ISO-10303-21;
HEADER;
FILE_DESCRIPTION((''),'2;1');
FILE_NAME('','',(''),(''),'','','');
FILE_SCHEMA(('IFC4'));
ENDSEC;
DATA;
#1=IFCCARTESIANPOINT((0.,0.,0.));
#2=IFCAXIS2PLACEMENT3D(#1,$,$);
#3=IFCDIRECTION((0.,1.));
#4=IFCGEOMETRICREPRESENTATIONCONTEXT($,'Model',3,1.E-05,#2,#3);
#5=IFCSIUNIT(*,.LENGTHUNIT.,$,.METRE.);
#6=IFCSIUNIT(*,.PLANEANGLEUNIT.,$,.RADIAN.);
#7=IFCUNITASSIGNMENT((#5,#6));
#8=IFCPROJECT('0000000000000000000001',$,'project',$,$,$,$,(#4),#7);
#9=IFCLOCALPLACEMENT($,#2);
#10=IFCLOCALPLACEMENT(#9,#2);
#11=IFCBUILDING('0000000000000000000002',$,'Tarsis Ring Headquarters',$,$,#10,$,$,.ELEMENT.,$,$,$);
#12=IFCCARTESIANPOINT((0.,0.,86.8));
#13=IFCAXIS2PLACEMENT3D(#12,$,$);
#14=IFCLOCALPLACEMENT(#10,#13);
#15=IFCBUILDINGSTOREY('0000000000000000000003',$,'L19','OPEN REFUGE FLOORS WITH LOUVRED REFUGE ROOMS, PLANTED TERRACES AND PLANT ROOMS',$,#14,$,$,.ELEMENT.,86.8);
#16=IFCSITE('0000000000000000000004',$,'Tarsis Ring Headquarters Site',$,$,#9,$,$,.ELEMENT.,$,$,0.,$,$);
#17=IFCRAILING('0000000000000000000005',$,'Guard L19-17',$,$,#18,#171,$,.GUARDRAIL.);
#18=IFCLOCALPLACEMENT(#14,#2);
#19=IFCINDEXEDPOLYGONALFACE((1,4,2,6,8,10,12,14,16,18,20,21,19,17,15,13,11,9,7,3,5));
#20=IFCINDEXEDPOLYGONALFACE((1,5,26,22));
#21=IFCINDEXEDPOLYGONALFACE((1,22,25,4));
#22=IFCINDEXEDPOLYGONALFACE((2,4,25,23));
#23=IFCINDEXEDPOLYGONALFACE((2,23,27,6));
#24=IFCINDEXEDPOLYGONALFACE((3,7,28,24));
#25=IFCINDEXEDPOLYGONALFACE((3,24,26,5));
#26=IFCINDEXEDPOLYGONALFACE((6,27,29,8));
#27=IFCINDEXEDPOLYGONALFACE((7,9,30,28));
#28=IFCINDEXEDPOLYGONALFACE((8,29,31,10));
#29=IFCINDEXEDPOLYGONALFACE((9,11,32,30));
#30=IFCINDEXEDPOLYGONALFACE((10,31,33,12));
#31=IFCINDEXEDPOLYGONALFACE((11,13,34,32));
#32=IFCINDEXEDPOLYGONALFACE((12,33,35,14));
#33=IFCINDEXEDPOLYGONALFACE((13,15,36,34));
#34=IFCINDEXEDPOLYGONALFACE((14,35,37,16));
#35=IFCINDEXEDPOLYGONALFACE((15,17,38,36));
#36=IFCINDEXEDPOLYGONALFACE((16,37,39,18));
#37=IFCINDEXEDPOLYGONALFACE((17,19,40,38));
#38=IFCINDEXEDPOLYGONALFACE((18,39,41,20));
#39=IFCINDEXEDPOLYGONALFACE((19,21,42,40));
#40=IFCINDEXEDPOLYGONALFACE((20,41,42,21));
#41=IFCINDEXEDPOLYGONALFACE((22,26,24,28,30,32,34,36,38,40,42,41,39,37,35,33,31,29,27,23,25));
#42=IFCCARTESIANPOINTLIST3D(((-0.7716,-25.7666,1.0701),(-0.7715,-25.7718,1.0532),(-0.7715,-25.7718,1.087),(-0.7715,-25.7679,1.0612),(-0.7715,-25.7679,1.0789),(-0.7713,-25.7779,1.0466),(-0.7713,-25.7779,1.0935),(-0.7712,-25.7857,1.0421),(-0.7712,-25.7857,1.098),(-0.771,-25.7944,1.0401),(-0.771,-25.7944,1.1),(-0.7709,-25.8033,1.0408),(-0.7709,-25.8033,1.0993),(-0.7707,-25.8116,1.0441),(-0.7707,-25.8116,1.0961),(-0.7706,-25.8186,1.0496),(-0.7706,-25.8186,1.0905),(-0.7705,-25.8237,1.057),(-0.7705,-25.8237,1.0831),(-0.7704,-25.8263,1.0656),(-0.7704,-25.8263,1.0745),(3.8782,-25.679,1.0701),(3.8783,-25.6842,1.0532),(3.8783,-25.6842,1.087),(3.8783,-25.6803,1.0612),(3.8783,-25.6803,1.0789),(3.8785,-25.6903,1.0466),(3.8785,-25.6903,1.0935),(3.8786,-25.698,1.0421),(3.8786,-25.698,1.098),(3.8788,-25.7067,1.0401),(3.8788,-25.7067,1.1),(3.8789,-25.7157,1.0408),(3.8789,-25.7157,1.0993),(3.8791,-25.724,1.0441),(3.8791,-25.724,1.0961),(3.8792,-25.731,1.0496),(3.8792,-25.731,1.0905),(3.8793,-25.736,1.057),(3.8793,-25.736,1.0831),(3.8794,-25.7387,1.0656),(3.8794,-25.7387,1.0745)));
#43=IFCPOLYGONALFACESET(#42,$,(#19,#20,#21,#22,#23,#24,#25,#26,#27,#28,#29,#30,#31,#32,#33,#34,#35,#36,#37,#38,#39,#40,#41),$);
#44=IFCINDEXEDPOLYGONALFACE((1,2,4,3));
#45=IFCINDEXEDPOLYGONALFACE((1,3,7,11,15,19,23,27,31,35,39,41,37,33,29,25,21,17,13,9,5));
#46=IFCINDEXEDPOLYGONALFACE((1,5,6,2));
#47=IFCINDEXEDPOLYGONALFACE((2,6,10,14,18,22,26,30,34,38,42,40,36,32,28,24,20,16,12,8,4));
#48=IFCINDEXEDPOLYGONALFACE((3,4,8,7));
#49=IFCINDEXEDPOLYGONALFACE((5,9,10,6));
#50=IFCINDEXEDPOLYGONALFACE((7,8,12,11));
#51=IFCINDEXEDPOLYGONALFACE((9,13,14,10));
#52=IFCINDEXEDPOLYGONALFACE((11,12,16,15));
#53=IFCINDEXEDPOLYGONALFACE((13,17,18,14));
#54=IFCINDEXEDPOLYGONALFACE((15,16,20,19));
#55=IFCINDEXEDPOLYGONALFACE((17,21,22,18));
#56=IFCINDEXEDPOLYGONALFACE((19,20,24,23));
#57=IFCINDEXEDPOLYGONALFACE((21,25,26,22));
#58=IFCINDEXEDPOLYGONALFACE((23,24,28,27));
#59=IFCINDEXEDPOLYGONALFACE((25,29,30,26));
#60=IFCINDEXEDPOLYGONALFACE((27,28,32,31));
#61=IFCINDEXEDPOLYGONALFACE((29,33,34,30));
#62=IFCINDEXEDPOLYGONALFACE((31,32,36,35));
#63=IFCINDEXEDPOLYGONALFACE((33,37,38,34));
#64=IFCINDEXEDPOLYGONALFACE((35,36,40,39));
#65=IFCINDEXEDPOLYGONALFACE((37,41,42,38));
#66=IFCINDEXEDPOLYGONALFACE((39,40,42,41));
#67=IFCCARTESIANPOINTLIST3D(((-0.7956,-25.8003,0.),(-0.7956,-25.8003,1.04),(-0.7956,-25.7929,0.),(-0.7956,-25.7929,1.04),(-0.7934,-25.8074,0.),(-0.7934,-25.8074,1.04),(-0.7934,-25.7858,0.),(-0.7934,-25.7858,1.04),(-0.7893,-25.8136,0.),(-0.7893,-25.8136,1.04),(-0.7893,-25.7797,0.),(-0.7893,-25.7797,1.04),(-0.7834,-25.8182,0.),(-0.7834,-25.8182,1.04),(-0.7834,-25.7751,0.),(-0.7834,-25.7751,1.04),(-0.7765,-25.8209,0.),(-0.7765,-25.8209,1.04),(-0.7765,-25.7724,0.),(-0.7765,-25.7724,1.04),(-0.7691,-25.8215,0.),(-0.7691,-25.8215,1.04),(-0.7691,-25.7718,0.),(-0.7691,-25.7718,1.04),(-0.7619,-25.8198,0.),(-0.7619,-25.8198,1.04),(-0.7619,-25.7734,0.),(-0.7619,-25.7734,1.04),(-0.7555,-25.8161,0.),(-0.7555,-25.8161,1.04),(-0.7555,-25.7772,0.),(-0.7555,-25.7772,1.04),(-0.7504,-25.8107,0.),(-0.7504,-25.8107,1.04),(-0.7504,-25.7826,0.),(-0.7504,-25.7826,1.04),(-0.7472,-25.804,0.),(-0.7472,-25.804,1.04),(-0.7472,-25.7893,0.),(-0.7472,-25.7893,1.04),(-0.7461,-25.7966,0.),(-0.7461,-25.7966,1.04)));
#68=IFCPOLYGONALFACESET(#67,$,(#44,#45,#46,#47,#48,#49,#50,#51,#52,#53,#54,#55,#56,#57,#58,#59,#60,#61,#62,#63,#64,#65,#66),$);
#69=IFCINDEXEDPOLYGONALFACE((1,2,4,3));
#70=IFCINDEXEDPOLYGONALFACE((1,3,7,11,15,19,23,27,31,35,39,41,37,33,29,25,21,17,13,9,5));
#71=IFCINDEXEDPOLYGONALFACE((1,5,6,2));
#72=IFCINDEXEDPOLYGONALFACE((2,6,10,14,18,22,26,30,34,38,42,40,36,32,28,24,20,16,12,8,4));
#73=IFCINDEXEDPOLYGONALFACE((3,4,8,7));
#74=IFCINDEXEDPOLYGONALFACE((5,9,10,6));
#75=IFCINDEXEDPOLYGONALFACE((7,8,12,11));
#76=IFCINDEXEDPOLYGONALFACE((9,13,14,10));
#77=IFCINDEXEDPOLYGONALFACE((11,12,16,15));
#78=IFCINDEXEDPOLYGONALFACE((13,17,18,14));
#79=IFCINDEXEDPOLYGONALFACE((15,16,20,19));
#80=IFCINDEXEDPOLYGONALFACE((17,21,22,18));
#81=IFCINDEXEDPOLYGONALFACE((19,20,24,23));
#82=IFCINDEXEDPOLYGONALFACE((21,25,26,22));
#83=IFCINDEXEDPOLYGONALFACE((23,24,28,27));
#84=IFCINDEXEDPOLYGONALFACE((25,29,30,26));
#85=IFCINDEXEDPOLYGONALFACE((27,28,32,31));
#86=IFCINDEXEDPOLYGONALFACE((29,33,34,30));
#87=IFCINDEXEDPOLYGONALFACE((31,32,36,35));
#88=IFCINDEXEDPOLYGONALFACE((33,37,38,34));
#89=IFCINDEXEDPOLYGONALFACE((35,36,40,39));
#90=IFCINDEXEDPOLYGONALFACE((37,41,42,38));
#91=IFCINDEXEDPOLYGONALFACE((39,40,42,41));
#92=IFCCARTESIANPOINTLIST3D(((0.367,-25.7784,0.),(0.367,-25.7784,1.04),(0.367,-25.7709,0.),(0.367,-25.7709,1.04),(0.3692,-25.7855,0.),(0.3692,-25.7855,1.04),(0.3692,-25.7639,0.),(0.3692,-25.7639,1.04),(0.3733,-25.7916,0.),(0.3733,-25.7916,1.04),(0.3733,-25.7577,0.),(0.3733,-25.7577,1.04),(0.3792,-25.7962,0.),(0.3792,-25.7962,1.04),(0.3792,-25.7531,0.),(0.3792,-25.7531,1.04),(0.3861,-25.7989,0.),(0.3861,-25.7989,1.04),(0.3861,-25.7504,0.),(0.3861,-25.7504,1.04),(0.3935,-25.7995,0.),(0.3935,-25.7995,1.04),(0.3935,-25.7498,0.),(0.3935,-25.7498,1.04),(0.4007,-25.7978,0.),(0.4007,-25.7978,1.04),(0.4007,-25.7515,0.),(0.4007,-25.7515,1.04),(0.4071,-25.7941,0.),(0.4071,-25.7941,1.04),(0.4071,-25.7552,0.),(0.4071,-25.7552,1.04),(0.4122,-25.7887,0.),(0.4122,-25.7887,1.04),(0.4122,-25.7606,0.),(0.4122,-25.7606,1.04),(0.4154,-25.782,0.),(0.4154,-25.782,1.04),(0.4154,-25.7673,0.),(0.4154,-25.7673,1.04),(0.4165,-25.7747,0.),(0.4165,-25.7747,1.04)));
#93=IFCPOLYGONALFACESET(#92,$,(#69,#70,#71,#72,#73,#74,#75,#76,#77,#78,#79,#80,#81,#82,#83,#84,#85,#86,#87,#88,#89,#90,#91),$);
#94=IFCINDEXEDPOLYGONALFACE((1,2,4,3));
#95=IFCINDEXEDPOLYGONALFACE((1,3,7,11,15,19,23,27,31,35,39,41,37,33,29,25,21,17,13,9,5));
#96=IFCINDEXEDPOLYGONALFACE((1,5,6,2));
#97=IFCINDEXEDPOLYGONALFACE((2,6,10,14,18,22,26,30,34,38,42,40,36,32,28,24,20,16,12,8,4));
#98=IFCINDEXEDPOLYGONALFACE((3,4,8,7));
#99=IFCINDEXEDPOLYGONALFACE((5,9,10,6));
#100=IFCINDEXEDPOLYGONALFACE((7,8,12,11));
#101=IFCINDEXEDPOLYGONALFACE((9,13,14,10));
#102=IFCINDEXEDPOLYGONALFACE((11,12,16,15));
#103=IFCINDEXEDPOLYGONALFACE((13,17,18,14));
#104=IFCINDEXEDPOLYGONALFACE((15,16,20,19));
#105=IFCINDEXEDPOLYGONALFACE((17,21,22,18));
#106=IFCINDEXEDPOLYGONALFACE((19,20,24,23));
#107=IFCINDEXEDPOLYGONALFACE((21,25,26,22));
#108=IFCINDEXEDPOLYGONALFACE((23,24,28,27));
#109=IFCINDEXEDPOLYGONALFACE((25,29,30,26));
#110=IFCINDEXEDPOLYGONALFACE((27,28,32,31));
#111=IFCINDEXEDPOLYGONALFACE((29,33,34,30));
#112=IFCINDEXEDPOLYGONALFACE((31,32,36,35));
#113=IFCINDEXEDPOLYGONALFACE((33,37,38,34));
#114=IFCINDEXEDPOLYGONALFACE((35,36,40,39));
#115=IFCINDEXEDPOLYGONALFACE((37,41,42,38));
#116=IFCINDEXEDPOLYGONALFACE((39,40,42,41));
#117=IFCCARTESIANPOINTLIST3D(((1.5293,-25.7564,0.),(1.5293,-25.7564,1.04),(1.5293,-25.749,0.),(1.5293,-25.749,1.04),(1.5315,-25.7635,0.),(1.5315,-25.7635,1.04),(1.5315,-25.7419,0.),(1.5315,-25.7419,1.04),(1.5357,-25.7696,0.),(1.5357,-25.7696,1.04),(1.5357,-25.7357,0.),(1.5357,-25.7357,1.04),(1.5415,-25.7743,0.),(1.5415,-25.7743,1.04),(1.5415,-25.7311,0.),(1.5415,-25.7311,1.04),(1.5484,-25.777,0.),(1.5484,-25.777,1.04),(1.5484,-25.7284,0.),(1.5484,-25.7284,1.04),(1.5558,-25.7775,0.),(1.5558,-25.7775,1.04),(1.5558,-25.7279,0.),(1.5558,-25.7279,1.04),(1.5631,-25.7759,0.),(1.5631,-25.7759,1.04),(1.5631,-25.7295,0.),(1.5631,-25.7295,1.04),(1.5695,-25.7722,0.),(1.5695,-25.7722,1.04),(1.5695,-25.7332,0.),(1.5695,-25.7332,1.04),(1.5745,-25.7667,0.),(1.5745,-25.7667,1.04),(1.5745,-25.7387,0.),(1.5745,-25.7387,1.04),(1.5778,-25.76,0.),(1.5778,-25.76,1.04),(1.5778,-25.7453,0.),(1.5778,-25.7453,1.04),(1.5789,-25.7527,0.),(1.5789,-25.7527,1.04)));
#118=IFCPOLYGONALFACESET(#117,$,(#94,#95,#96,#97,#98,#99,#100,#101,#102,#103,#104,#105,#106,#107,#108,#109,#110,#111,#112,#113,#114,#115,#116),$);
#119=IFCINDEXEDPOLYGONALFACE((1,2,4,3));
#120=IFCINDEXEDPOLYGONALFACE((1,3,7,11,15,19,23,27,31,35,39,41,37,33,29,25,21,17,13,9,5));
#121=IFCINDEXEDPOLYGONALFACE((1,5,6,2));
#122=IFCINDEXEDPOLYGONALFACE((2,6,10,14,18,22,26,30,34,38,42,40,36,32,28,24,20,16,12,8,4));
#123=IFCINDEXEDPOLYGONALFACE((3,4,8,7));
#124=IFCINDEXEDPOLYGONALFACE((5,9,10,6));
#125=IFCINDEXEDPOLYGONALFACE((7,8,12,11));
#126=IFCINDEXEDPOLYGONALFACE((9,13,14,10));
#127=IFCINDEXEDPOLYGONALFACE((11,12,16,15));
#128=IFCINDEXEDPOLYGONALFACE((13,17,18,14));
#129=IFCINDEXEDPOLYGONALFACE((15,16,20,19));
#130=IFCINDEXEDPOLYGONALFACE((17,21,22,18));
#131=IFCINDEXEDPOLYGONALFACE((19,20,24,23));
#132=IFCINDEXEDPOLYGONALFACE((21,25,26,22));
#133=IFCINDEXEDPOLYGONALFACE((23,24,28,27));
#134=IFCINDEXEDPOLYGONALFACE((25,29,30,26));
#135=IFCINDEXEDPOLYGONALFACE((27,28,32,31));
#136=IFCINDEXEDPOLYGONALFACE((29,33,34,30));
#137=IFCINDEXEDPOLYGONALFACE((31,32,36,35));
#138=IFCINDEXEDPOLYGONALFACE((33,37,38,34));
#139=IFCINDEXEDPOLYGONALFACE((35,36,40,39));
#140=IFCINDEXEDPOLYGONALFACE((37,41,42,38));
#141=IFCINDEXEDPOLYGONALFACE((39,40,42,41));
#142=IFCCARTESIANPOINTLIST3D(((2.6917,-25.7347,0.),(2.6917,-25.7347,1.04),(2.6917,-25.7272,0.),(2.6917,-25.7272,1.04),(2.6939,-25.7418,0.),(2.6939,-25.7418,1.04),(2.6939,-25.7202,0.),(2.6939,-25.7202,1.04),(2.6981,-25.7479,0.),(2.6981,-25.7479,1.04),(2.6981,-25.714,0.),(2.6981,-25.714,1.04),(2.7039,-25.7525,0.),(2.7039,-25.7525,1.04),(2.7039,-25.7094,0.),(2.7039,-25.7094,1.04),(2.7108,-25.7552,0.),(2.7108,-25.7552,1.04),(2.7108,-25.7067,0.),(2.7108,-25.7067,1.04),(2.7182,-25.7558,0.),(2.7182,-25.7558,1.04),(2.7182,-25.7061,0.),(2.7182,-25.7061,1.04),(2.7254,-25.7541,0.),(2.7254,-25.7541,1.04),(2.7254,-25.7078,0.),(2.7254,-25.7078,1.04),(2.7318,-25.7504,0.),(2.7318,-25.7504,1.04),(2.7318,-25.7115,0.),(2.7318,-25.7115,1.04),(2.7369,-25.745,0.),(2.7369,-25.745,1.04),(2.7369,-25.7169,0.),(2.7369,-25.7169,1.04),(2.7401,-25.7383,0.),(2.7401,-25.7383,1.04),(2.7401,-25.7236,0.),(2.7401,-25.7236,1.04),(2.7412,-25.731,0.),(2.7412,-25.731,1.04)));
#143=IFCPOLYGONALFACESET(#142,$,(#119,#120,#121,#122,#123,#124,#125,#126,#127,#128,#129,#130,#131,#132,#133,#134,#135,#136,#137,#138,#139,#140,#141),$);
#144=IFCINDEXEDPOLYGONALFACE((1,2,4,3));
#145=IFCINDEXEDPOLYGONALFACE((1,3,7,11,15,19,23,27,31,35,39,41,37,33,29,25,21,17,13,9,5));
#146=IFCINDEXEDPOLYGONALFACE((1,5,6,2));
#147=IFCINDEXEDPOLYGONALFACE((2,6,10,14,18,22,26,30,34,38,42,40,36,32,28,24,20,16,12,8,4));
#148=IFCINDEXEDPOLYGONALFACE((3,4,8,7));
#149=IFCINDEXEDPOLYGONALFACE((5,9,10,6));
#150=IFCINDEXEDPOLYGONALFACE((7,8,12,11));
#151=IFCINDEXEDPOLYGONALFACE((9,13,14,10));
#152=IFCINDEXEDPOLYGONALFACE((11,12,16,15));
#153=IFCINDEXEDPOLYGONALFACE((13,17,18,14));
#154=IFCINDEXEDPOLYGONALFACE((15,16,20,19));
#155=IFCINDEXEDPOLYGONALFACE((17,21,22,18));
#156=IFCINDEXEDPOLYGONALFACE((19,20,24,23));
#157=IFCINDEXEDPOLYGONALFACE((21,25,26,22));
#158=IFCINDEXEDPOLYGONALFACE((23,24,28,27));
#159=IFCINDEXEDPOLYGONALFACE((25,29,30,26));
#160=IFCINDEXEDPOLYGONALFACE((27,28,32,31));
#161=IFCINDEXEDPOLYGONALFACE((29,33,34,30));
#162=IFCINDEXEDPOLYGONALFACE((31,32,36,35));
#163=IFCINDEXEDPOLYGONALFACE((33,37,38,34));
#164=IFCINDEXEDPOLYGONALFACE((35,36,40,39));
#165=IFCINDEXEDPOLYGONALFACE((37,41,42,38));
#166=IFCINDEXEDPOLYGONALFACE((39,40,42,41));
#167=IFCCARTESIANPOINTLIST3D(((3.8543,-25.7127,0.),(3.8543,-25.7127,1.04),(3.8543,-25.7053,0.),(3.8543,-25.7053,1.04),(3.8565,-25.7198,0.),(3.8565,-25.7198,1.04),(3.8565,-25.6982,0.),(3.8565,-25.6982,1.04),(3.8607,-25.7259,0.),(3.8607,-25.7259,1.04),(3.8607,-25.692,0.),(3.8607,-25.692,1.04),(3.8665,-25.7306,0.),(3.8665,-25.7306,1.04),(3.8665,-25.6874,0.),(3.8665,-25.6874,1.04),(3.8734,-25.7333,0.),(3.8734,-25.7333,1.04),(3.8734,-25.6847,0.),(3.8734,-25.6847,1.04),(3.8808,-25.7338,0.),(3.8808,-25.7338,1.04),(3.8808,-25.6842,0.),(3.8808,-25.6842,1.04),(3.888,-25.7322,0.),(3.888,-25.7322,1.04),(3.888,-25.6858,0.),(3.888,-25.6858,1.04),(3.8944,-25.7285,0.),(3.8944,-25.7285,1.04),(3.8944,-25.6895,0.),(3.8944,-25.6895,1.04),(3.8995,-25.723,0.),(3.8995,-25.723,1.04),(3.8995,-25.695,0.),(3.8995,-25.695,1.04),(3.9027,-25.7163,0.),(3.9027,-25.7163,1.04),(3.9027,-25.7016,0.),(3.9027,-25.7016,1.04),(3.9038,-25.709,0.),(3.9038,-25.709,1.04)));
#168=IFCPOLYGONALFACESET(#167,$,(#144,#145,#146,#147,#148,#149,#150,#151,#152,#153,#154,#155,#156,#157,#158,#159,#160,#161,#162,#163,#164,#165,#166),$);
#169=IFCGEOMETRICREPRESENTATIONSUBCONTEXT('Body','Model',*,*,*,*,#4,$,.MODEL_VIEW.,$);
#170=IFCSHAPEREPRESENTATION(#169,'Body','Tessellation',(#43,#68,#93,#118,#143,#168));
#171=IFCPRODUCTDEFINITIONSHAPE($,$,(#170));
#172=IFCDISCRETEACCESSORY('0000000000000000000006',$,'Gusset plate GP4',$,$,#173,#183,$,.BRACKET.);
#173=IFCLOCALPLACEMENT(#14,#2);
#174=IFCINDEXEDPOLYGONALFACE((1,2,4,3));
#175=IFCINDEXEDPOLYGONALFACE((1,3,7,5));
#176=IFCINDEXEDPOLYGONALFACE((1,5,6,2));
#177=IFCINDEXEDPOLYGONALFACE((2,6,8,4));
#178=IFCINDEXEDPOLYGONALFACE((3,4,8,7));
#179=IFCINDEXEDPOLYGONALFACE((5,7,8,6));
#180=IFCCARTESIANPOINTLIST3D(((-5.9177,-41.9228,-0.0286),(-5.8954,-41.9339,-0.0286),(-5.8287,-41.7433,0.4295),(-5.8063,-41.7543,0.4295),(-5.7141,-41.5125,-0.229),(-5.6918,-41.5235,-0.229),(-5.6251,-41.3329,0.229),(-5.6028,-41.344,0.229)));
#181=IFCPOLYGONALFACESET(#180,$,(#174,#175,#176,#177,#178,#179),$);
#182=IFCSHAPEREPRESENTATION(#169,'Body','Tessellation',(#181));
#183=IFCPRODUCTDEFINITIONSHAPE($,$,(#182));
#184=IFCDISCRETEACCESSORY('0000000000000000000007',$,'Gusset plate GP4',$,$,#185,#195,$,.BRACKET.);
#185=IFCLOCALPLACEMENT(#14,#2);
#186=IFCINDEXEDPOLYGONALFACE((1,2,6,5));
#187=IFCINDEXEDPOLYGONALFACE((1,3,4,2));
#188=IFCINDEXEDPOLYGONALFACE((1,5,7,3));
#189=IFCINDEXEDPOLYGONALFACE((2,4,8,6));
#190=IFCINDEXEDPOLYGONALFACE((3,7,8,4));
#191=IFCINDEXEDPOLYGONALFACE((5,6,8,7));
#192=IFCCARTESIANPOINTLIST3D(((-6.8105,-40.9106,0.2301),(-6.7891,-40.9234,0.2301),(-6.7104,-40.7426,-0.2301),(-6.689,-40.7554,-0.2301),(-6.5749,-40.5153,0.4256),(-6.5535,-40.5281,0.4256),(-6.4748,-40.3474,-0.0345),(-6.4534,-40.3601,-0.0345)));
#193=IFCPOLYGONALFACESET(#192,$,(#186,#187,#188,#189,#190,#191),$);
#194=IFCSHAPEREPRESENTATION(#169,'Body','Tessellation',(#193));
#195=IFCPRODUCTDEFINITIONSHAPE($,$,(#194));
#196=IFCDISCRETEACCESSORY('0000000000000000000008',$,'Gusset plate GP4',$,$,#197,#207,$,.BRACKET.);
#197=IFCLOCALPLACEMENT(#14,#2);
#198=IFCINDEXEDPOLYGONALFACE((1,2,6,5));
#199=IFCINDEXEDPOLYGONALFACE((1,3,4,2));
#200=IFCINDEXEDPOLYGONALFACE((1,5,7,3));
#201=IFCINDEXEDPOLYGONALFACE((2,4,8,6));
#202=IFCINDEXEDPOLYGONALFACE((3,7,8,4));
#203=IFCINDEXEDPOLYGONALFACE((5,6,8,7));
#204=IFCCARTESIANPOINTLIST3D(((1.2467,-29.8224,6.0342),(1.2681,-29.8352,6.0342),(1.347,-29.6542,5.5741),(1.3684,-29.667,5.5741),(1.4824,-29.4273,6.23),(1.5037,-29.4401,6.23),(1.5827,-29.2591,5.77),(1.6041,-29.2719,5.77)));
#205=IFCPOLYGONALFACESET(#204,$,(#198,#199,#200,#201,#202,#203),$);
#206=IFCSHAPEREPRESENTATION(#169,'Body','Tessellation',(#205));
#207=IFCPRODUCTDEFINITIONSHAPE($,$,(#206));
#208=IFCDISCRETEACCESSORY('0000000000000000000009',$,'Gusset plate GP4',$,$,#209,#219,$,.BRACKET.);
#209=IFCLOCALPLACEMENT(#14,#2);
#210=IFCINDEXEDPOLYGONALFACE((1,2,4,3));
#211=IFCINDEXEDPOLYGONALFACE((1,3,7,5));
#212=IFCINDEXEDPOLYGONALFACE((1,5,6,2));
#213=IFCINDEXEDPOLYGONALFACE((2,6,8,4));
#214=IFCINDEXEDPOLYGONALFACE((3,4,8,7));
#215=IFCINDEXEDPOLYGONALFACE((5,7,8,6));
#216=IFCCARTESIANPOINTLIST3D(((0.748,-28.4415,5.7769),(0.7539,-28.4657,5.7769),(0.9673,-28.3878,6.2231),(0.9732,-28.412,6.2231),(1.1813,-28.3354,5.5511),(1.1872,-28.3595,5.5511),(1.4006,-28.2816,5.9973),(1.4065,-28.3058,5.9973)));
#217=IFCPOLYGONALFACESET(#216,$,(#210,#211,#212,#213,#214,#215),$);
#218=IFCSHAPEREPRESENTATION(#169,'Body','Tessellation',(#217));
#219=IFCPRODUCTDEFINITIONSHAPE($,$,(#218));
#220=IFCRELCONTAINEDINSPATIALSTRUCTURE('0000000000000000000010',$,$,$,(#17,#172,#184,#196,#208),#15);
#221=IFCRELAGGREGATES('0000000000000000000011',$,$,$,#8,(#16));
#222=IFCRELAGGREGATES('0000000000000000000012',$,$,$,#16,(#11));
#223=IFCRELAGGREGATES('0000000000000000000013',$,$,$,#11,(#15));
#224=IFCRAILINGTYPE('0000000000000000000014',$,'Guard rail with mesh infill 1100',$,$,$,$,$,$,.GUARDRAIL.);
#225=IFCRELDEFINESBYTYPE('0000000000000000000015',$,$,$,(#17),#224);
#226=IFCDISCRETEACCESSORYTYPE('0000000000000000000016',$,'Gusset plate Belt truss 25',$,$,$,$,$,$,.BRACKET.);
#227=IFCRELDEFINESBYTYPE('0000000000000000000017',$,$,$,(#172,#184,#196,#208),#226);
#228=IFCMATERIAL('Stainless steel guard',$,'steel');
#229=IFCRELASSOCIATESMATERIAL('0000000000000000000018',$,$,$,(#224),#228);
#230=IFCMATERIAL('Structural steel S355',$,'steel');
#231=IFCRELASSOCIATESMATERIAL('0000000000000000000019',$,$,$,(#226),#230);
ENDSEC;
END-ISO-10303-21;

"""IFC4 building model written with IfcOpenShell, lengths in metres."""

from ifc_helpers import new_model, si_unit, direction, frame, origin, origin_2d, place, context, subcontext, project, spatial, rectangle, circle, extrude, material, material_profile, profile_set, type_object, element, save


model = new_model("IFC4")

# Units and contexts
model_context = context("Model", 3, precision=1e-05, world=origin(), true_north=direction((0.0, 1.0)))
body_context = subcontext(model_context, "Body", "Model", "MODEL_VIEW")
ifc_project = project(units=[si_unit("LENGTHUNIT", "METRE"), si_unit("PLANEANGLEUNIT", "RADIAN")], contexts=[model_context])

# Site, building, storey
site_placement = place(None, origin())
site = spatial("IfcSite", under=ifc_project, at=site_placement, Name="Tarsis Ring Headquarters Site", CompositionType="ELEMENT", RefElevation=0.0)
building_placement = place(site_placement, origin())
building = spatial("IfcBuilding", under=site, at=building_placement, Name="Tarsis Ring Headquarters", CompositionType="ELEMENT")
storey_placement = place(building_placement, frame((0.0, 0.0, 86.8)))
storey = spatial("IfcBuildingStorey", under=building, at=storey_placement, Name="L19", Description="OPEN REFUGE FLOORS WITH LOUVRED REFUGE ROOMS, PLANTED TERRACES AND PLANT ROOMS", CompositionType="ELEMENT", Elevation=86.8)

# Shared definitions
ifc_material_1 = material(Name="Structural steel S355", Category="steel")

# Railing
ifc_material_2 = material(Name="Stainless steel guard", Category="steel")
railing_type = type_object("IfcRailingType", Name="Guard rail with mesh infill 1100", PredefinedType="GUARDRAIL", material=ifc_material_2)
railing_1_placement = place(storey_placement, frame((-0.771, -25.7966, 0.0)))
element("IfcRailing", 1, at=railing_1_placement, inside=storey, type_object=railing_type, Name="Guard L19-17", PredefinedType="GUARDRAIL", context=body_context, shape_type="SweptSolid", body=[
    extrude(circle(Radius=0.03, at=origin_2d()), frame((0.0, 0.0, 1.0701), z_axis=(0.999822, 0.018846, 0.0), x_axis=(-0.018846, 0.999822, 0.0)), (0.0, 0.0, 1.0), 4.6506),
    extrude(circle(Radius=0.0249, at=origin_2d()), origin(), (0.0, 0.0, 1.0), 1.04),
    extrude(circle(Radius=0.0249, at=origin_2d()), frame((1.1626, 0.022, 0.0)), (0.0, 0.0, 1.0), 1.04),
    extrude(circle(Radius=0.0249, at=origin_2d()), frame((2.325, 0.0439, 0.0)), (0.0, 0.0, 1.0), 1.04),
    extrude(circle(Radius=0.0249, at=origin_2d()), frame((3.4873, 0.0657, 0.0)), (0.0, 0.0, 1.0), 1.04),
    extrude(circle(Radius=0.0249, at=origin_2d()), frame((4.6499, 0.0876, 0.0)), (0.0, 0.0, 1.0), 1.04),
])

# Discrete accessories
ifc_material_profile_1 = material_profile(ifc_material_1, rectangle(XDim=0.0249, YDim=0.5, at=origin_2d()), Name="PL 25x500")
ifc_profile_set_1 = profile_set([ifc_material_profile_1], Name="Structural steel S355")
discrete_accessory_type_1 = type_object("IfcDiscreteAccessoryType", Name="Gusset plate Belt truss 25", PredefinedType="BRACKET", material=ifc_profile_set_1)
for number, where, z_axis, x_axis, name in (
    (2, (-5.6584, -41.4282, 0.0), (-0.407175, -0.820698, 0.400829), (0.895808, -0.44444, 0.0), "Gusset plate GP4"),
    (3, (-6.7498, -40.833, 0.0), (0.471209, 0.790557, 0.391128), (-0.858987, 0.511997, 0.0), "Gusset plate GP4"),
    (4, (1.5432, -29.3496, 6.0), (-0.471301, -0.790223, -0.391693), (0.858848, -0.51223, 0.0), "Gusset plate GP4"),
    (5, (0.8606, -28.4268, 6.0), (0.866578, 0.212373, -0.451597), (-0.238027, 0.971259, 0.0), "Gusset plate GP4"),
):
    element("IfcDiscreteAccessory", number, at=place(storey_placement, frame(where, z_axis=z_axis, x_axis=x_axis)), inside=storey, type_object=discrete_accessory_type_1, Name=name, PredefinedType="BRACKET", context=body_context, shape_type="SweptSolid", body=[
        extrude(rectangle(XDim=0.0249, YDim=0.5, at=origin_2d()), origin(), (0.0, 0.0, 1.0), 0.5),
    ])

save(model, "model.ifc")
